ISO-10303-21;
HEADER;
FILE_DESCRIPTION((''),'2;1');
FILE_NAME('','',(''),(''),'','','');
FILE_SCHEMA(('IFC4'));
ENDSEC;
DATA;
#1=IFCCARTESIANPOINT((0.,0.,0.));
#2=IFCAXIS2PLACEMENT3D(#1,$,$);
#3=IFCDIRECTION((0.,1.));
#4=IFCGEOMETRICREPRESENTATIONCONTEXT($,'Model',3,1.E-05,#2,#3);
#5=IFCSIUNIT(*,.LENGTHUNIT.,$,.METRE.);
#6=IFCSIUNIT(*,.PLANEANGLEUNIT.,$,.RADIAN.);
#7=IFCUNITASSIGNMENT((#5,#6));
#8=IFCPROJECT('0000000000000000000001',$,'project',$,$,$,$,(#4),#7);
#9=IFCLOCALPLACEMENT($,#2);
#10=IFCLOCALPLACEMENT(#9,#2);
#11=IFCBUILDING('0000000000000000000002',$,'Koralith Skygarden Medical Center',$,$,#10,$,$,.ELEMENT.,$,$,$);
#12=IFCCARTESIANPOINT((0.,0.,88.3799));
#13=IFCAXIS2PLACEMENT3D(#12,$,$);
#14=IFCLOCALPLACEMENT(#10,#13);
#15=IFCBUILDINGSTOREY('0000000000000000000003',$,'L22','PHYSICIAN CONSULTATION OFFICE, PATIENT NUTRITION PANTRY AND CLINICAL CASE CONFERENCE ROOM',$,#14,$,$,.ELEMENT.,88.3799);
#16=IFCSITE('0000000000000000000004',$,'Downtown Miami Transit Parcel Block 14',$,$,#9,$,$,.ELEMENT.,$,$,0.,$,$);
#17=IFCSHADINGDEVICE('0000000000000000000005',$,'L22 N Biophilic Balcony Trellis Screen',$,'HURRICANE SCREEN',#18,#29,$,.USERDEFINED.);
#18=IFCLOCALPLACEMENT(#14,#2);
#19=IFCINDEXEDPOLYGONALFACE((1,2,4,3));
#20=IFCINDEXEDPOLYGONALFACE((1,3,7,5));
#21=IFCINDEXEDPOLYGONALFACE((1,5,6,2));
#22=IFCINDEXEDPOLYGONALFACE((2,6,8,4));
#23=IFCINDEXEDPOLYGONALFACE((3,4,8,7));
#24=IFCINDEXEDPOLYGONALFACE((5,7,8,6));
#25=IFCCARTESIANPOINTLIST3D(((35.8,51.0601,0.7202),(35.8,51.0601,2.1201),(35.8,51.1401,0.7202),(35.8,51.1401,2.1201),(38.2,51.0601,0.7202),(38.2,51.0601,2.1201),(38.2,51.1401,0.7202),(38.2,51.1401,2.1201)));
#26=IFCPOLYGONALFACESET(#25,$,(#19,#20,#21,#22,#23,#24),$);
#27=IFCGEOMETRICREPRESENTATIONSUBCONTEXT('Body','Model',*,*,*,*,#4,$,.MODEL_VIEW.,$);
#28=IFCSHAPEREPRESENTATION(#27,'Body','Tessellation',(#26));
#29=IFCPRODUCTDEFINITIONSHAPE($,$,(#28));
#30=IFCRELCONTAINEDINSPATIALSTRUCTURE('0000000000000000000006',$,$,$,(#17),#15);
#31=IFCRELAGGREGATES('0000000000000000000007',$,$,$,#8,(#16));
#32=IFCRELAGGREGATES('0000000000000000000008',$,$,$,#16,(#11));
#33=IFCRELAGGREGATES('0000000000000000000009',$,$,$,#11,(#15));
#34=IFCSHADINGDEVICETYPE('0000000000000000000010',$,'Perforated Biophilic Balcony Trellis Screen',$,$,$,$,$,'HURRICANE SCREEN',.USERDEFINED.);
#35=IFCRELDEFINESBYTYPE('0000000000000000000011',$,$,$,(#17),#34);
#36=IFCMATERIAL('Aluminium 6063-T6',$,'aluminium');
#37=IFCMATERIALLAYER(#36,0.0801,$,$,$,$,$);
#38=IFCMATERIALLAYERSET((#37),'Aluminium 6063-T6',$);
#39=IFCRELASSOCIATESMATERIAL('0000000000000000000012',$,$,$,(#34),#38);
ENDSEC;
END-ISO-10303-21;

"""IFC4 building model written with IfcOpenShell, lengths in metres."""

from ifc_helpers import new_model, si_unit, direction, frame, origin, origin_2d, place, context, subcontext, project, spatial, rectangle, extrude, material, layer, layer_set, type_object, element, save


model = new_model("IFC4")

# Units and contexts
model_context = context("Model", 3, precision=1e-05, world=origin(), true_north=direction((0.0, 1.0)))
body_context = subcontext(model_context, "Body", "Model", "MODEL_VIEW")
ifc_project = project(units=[si_unit("LENGTHUNIT", "METRE"), si_unit("PLANEANGLEUNIT", "RADIAN")], contexts=[model_context])

# Site, building, storey
site_placement = place(None, origin())
site = spatial("IfcSite", under=ifc_project, at=site_placement, Name="Downtown Miami Transit Parcel Block 14", CompositionType="ELEMENT", RefElevation=0.0)
building_placement = place(site_placement, origin())
building = spatial("IfcBuilding", under=site, at=building_placement, Name="Koralith Skygarden Medical Center", CompositionType="ELEMENT")
storey_placement = place(building_placement, frame((0.0, 0.0, 88.3799)))
storey = spatial("IfcBuildingStorey", under=building, at=storey_placement, Name="L22", Description="PHYSICIAN CONSULTATION OFFICE, PATIENT NUTRITION PANTRY AND CLINICAL CASE CONFERENCE ROOM", CompositionType="ELEMENT", Elevation=88.3799)

# Shared definitions
ifc_material_1 = material(Name="Aluminium 6063-T6", Category="aluminium")

# Shading device
ifc_layer_1 = layer(ifc_material_1, 0.0801)
ifc_layer_set_1 = layer_set([ifc_layer_1], Name="Aluminium 6063-T6")
shading_device_type = type_object("IfcShadingDeviceType", Name="Perforated Biophilic Balcony Trellis Screen", ElementType="HURRICANE SCREEN", PredefinedType="USERDEFINED", material=ifc_layer_set_1)
shading_device_placement = place(storey_placement, frame((37.0, 51.1001, 0.7202), z_axis=(0.0, 0.0, 1.0), x_axis=(1.0, 0.0, 0.0)))
element("IfcShadingDevice", 1, at=shading_device_placement, inside=storey, type_object=shading_device_type, Name="L22 N Biophilic Balcony Trellis Screen", ObjectType="HURRICANE SCREEN", PredefinedType="USERDEFINED", context=body_context, shape_type="SweptSolid", body=[
    extrude(rectangle(XDim=2.3999, YDim=0.0801, at=origin_2d()), origin(), (0.0, 0.0, 1.0), 1.3999),
])

save(model, "model.ifc")
